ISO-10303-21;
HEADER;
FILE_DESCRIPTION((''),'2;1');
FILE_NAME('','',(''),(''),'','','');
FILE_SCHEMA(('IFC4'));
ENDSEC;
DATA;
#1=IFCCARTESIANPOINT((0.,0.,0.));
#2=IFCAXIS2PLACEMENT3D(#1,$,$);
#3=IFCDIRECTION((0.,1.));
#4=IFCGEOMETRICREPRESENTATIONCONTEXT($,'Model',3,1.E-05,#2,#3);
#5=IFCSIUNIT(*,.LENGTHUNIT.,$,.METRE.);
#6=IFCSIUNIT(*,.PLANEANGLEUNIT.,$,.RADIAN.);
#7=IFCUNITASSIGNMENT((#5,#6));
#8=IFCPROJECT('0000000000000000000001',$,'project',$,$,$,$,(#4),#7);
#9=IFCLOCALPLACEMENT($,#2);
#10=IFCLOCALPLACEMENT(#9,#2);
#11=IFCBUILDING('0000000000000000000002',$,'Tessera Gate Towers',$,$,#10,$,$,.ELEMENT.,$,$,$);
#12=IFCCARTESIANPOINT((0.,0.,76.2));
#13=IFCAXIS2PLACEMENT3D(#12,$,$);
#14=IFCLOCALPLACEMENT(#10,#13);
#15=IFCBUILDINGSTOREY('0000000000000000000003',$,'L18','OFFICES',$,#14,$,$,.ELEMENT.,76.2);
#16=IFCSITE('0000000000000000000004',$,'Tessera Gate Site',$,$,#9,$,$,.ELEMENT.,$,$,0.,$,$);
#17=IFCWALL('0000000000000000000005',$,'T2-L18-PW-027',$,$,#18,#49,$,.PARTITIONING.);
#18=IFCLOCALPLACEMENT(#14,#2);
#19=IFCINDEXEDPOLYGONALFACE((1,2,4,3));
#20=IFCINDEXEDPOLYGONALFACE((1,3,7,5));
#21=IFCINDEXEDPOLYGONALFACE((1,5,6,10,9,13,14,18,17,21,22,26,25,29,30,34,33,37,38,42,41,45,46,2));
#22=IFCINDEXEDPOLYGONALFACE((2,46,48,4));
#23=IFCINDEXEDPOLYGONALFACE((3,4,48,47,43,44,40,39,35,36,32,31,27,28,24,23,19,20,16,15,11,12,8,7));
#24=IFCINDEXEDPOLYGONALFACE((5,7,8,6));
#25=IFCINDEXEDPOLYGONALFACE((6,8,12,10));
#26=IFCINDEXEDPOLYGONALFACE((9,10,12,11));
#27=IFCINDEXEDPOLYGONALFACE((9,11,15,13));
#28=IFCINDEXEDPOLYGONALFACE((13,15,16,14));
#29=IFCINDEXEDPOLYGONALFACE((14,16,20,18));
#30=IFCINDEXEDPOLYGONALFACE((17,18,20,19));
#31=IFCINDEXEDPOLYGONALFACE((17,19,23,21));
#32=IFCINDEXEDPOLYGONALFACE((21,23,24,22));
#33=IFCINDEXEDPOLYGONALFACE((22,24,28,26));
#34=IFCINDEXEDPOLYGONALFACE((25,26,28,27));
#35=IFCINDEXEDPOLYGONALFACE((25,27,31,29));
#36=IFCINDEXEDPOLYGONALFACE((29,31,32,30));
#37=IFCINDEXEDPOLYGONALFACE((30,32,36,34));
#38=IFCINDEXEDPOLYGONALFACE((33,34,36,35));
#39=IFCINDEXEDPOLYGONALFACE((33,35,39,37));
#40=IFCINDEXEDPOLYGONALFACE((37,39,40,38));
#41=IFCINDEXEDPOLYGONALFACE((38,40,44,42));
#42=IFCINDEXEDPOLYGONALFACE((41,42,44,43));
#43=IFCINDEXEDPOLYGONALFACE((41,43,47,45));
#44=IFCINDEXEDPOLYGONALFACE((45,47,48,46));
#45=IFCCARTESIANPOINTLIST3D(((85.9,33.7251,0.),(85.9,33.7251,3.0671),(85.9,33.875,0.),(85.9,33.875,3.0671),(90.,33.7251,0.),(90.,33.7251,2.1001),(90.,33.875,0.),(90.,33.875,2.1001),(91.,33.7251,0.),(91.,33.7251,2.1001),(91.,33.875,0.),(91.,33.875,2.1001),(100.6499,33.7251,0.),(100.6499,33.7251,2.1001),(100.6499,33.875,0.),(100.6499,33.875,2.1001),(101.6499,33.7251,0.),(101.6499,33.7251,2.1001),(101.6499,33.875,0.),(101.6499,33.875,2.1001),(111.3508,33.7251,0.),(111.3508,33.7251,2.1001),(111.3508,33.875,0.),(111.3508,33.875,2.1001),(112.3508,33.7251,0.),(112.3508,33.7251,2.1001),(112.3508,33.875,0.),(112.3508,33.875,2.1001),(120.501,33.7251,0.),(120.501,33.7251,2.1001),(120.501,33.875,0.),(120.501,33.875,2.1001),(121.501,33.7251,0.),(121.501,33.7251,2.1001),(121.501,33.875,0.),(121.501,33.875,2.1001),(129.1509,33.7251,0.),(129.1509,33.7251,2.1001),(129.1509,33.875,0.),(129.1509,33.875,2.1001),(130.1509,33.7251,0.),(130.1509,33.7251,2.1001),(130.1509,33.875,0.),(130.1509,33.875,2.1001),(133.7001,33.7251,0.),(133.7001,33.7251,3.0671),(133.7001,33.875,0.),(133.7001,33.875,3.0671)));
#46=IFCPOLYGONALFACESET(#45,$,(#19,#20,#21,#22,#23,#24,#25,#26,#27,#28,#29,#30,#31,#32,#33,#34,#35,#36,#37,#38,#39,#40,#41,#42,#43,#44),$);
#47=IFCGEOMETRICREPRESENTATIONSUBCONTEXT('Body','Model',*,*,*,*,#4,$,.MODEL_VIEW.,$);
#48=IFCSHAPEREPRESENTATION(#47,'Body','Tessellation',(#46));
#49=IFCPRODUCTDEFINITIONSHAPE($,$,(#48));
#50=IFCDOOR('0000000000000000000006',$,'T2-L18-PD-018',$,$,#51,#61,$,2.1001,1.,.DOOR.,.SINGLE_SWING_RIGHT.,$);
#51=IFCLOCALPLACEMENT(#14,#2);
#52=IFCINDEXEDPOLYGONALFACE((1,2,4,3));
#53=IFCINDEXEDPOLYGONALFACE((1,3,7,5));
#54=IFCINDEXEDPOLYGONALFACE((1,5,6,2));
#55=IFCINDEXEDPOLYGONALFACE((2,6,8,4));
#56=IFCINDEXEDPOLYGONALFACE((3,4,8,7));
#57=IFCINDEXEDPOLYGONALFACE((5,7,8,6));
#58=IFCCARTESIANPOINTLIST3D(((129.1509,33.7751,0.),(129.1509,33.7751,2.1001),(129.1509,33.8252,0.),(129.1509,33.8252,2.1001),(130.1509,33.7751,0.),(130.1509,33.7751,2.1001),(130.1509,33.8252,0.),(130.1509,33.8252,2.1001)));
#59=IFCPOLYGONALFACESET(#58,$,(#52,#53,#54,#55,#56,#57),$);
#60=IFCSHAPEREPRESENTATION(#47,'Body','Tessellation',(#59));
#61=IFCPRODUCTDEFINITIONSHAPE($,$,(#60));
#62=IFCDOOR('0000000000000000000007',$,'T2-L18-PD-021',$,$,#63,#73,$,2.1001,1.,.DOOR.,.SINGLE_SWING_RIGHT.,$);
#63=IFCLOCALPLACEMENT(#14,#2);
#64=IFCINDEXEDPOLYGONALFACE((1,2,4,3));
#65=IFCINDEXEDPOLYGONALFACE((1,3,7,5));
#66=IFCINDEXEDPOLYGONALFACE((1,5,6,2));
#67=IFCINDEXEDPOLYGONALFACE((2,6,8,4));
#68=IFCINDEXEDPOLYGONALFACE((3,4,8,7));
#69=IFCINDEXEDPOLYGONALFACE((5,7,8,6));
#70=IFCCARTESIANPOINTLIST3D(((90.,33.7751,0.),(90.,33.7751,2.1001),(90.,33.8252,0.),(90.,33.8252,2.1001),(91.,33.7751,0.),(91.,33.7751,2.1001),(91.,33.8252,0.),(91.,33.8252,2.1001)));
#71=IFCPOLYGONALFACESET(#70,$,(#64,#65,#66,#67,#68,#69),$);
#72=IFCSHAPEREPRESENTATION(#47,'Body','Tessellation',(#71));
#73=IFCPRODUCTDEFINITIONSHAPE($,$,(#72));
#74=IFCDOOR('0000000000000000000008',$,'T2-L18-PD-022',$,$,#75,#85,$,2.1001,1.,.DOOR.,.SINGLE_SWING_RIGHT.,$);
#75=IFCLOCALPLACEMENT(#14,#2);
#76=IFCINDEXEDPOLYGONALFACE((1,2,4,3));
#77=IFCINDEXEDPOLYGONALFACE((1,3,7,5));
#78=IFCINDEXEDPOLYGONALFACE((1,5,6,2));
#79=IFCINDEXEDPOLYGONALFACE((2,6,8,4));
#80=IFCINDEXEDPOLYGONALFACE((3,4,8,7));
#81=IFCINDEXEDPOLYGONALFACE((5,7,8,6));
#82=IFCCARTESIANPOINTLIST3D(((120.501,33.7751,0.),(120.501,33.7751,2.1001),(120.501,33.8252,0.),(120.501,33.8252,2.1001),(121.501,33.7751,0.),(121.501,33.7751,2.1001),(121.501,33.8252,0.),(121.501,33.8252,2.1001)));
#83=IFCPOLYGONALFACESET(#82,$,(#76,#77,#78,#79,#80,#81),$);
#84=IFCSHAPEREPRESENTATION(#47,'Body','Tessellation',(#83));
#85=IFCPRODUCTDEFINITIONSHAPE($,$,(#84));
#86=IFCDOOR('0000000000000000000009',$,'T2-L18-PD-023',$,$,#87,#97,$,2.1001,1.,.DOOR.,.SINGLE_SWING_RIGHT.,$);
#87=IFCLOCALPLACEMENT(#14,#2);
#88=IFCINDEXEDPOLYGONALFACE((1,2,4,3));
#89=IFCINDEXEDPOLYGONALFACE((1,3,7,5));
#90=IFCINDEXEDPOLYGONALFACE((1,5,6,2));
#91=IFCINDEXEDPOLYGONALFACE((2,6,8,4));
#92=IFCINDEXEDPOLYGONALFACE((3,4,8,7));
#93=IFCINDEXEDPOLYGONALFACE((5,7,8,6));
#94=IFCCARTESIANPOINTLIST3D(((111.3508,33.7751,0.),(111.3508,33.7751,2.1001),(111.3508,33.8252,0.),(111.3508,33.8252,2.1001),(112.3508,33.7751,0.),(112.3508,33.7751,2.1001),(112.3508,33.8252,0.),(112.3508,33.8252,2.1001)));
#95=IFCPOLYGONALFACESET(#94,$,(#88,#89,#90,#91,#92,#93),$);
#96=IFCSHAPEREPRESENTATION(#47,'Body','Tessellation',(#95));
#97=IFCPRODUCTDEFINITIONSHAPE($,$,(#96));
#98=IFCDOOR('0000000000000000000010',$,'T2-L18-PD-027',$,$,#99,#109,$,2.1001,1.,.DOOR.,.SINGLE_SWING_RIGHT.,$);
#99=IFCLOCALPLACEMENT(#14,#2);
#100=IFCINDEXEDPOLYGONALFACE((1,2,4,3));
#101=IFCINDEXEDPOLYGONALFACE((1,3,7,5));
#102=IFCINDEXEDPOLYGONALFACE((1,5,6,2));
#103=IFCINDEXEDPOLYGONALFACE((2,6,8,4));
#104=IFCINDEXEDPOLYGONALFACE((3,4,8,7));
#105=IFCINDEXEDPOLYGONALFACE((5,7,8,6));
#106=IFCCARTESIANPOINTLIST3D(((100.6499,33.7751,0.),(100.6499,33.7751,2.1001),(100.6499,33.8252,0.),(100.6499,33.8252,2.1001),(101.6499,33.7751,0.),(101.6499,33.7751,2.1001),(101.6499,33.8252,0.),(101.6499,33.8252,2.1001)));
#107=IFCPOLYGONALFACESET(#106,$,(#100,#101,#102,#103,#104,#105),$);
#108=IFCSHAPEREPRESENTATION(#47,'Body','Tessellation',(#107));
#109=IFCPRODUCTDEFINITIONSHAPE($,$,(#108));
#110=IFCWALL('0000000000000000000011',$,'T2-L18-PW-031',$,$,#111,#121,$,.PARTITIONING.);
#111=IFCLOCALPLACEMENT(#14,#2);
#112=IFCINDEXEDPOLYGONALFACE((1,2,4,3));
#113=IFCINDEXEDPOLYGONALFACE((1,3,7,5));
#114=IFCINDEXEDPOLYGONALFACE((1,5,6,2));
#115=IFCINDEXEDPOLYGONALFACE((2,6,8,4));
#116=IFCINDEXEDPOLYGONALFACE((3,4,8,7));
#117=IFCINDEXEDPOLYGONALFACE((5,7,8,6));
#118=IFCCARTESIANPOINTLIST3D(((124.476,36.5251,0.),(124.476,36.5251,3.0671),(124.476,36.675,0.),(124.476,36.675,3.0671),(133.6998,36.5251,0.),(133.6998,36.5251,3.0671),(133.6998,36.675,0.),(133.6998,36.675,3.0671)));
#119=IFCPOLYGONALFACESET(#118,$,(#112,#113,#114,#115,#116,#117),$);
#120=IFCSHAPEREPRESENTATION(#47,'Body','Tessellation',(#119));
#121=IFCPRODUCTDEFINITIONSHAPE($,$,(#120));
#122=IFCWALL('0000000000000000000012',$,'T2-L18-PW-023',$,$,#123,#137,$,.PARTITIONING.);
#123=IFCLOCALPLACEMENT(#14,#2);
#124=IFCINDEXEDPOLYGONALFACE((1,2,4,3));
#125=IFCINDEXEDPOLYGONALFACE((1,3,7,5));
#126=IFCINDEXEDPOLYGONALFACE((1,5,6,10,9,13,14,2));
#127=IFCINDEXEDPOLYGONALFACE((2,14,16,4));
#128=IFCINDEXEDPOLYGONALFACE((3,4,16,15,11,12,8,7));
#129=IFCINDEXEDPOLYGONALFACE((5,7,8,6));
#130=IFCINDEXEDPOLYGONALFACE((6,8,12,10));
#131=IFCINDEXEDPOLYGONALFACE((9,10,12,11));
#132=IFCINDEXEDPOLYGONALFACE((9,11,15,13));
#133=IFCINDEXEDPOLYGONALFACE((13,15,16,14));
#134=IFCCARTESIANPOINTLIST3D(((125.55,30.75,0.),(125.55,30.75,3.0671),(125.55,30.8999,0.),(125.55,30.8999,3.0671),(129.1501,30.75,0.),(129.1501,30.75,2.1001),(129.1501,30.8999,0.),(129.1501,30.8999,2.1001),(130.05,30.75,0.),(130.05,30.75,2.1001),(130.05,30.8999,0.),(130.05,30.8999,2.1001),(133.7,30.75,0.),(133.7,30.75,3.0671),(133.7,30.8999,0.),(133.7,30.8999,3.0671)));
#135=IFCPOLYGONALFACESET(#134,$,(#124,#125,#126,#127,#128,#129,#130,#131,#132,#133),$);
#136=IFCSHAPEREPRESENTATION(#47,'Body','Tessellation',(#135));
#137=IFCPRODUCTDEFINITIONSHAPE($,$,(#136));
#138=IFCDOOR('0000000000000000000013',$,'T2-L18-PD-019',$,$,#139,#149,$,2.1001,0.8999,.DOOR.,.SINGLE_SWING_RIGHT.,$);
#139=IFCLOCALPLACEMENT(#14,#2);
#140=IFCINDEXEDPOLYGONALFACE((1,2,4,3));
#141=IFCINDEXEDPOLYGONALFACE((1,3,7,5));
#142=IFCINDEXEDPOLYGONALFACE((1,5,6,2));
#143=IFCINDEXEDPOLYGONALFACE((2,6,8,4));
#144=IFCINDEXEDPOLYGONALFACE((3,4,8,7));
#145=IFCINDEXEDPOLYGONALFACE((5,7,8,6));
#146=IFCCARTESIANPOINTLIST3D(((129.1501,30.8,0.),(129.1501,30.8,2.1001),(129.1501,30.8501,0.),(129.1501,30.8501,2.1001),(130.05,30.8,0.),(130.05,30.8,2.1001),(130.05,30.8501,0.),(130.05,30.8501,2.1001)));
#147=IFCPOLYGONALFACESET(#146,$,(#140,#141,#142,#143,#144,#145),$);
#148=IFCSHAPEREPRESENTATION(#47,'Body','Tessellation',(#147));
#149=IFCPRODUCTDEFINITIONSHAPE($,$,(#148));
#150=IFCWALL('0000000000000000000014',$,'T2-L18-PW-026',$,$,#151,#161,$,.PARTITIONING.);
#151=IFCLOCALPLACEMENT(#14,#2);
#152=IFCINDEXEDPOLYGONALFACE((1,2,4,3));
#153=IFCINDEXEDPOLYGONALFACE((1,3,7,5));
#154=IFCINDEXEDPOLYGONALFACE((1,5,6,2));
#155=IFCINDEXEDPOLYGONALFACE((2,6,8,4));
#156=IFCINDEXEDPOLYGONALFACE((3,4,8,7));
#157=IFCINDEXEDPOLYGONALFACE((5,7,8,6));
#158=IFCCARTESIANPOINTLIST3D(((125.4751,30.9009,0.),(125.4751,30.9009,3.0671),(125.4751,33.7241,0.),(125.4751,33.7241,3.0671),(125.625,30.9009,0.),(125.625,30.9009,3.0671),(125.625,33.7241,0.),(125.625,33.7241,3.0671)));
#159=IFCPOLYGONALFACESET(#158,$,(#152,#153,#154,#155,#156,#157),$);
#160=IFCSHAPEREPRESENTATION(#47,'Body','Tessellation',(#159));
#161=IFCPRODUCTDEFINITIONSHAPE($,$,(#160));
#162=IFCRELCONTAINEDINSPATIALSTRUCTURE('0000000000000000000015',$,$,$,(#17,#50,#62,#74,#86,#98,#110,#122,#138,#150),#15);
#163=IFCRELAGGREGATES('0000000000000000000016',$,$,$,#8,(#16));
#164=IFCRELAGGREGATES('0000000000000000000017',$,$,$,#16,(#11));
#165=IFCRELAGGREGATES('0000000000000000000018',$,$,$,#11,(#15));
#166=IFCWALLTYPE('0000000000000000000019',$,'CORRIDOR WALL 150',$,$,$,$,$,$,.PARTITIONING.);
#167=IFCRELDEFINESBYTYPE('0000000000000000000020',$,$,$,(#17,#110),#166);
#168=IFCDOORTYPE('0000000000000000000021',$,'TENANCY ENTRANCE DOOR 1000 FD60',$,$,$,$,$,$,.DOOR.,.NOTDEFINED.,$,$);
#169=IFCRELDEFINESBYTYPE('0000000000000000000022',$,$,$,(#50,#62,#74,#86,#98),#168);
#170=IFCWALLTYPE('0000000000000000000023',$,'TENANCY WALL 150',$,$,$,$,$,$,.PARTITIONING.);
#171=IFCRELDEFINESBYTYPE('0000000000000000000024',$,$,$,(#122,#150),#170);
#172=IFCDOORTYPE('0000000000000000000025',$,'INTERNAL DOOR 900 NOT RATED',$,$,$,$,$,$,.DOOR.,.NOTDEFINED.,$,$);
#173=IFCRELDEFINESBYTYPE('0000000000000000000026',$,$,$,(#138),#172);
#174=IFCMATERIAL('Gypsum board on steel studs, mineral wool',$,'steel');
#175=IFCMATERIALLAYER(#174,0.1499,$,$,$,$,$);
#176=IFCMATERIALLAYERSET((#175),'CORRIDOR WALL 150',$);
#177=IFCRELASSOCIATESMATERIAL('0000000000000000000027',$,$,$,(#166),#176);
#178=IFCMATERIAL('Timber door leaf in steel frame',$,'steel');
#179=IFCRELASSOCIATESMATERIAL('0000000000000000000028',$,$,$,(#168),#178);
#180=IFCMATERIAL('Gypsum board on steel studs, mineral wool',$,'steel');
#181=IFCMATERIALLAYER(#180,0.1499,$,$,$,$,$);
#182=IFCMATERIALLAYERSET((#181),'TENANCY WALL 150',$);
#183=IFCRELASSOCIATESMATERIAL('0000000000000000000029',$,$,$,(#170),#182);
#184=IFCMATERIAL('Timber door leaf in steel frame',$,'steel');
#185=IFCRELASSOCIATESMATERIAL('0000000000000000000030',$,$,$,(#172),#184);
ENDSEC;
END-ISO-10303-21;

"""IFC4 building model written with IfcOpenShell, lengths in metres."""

from ifc_helpers import new_model, si_unit, direction, frame, frame_2d, origin, place, context, subcontext, project, spatial, rectangle, extrude, source, transform, mapped, material, layer, layer_set, type_object, element, fill, save


model = new_model("IFC4")

# Units and contexts
model_context = context("Model", 3, precision=1e-05, world=origin(), true_north=direction((0.0, 1.0)))
body_context = subcontext(model_context, "Body", "Model", "MODEL_VIEW")
ifc_project = project(units=[si_unit("LENGTHUNIT", "METRE"), si_unit("PLANEANGLEUNIT", "RADIAN")], contexts=[model_context])

# Site, building, storey
site_placement = place(None, origin())
site = spatial("IfcSite", under=ifc_project, at=site_placement, Name="Tessera Gate Site", CompositionType="ELEMENT", RefElevation=0.0)
building_placement = place(site_placement, origin())
building = spatial("IfcBuilding", under=site, at=building_placement, Name="Tessera Gate Towers", CompositionType="ELEMENT")
storey_placement = place(building_placement, frame((0.0, 0.0, 76.2)))
storey = spatial("IfcBuildingStorey", under=building, at=storey_placement, Name="L18", Description="OFFICES", CompositionType="ELEMENT", Elevation=76.2)

# Wall, openings, doors
ifc_material_1 = material(Name="Gypsum board on steel studs, mineral wool", Category="steel")
ifc_layer_1 = layer(ifc_material_1, 0.1499)
ifc_layer_set_1 = layer_set([ifc_layer_1], Name="CORRIDOR WALL 150")
wall_type_1 = type_object("IfcWallType", Name="CORRIDOR WALL 150", PredefinedType="PARTITIONING", material=ifc_layer_set_1)
wall_1_placement = place(storey_placement, frame((133.7, 33.8, 0.0), z_axis=(0.0, 0.0, 1.0), x_axis=(-1.0, 0.0, 0.0)))
wall_1 = element("IfcWall", 1, at=wall_1_placement, inside=storey, type_object=wall_type_1, Name="T2-L18-PW-027", PredefinedType="PARTITIONING", context=body_context, shape_type="SweptSolid", body=[
    extrude(rectangle(XDim=47.8, YDim=0.1499, at=frame_2d((23.8999, 0.0))), origin(), (0.0, 0.0, 1.0), 3.0671),
])
shared_shape_1 = source(origin(), body_context, "Body", "SweptSolid", [
    extrude(rectangle(XDim=1.0, YDim=2.1001, at=frame_2d((0.5, 1.05))), frame((0.0, 0.085, 0.0), z_axis=(0.0, -1.0, 0.0), x_axis=(1.0, 0.0, 0.0)), (0.0, 0.0, 1.0), 0.1699),
])
opening_1_placement = place(wall_1_placement, frame((3.5491, 0.0, 0.0)))
opening_1 = element("IfcOpeningElement", 2, at=opening_1_placement, cuts=wall_1, PredefinedType="OPENING", context=body_context, shape_type="MappedRepresentation", body=[
    mapped(shared_shape_1, transform((0.0, 0.0, 0.0), scale=1.0)),
])
opening_2_placement = place(wall_1_placement, frame((42.7, 0.0, 0.0)))
opening_2 = element("IfcOpeningElement", 3, at=opening_2_placement, cuts=wall_1, PredefinedType="OPENING", context=body_context, shape_type="MappedRepresentation", body=[
    mapped(shared_shape_1, transform((0.0, 0.0, 0.0), scale=1.0)),
])
opening_3_placement = place(wall_1_placement, frame((12.199, 0.0, 0.0)))
opening_3 = element("IfcOpeningElement", 4, at=opening_3_placement, cuts=wall_1, PredefinedType="OPENING", context=body_context, shape_type="MappedRepresentation", body=[
    mapped(shared_shape_1, transform((0.0, 0.0, 0.0), scale=1.0)),
])
opening_4_placement = place(wall_1_placement, frame((21.3491, 0.0, 0.0)))
opening_4 = element("IfcOpeningElement", 5, at=opening_4_placement, cuts=wall_1, PredefinedType="OPENING", context=body_context, shape_type="MappedRepresentation", body=[
    mapped(shared_shape_1, transform((0.0, 0.0, 0.0), scale=1.0)),
])
opening_5_placement = place(wall_1_placement, frame((32.05, 0.0, 0.0)))
opening_5 = element("IfcOpeningElement", 6, at=opening_5_placement, cuts=wall_1, PredefinedType="OPENING", context=body_context, shape_type="MappedRepresentation", body=[
    mapped(shared_shape_1, transform((0.0, 0.0, 0.0), scale=1.0)),
])
ifc_material_2 = material(Name="Timber door leaf in steel frame", Category="steel")
door_type_1 = type_object("IfcDoorType", Name="TENANCY ENTRANCE DOOR 1000 FD60", OperationType="NOTDEFINED", PredefinedType="DOOR", material=ifc_material_2)
shared_shape_2 = source(origin(), body_context, "Body", "SweptSolid", [
    extrude(rectangle(XDim=1.0, YDim=2.1001, at=frame_2d((0.5, 1.05))), frame((0.0, 0.0249, 0.0), z_axis=(0.0, -1.0, 0.0), x_axis=(1.0, 0.0, 0.0)), (0.0, 0.0, 1.0), 0.05),
])
door_1_placement = place(opening_1_placement, origin())
door_1 = element("IfcDoor", 7, at=door_1_placement, inside=storey, type_object=door_type_1, Name="T2-L18-PD-018", OperationType="SINGLE_SWING_RIGHT", OverallHeight=2.1001, OverallWidth=1.0, PredefinedType="DOOR", context=body_context, shape_type="MappedRepresentation", body=[
    mapped(shared_shape_2, transform((0.0, 0.0, 0.0), scale=1.0)),
])
fill(opening_1, door_1)
door_2_placement = place(opening_2_placement, origin())
door_2 = element("IfcDoor", 8, at=door_2_placement, inside=storey, type_object=door_type_1, Name="T2-L18-PD-021", OperationType="SINGLE_SWING_RIGHT", OverallHeight=2.1001, OverallWidth=1.0, PredefinedType="DOOR", context=body_context, shape_type="MappedRepresentation", body=[
    mapped(shared_shape_2, transform((0.0, 0.0, 0.0), scale=1.0)),
])
fill(opening_2, door_2)
door_3_placement = place(opening_3_placement, origin())
door_3 = element("IfcDoor", 9, at=door_3_placement, inside=storey, type_object=door_type_1, Name="T2-L18-PD-022", OperationType="SINGLE_SWING_RIGHT", OverallHeight=2.1001, OverallWidth=1.0, PredefinedType="DOOR", context=body_context, shape_type="MappedRepresentation", body=[
    mapped(shared_shape_2, transform((0.0, 0.0, 0.0), scale=1.0)),
])
fill(opening_3, door_3)
door_4_placement = place(opening_4_placement, origin())
door_4 = element("IfcDoor", 10, at=door_4_placement, inside=storey, type_object=door_type_1, Name="T2-L18-PD-023", OperationType="SINGLE_SWING_RIGHT", OverallHeight=2.1001, OverallWidth=1.0, PredefinedType="DOOR", context=body_context, shape_type="MappedRepresentation", body=[
    mapped(shared_shape_2, transform((0.0, 0.0, 0.0), scale=1.0)),
])
fill(opening_4, door_4)
door_5_placement = place(opening_5_placement, origin())
door_5 = element("IfcDoor", 11, at=door_5_placement, inside=storey, type_object=door_type_1, Name="T2-L18-PD-027", OperationType="SINGLE_SWING_RIGHT", OverallHeight=2.1001, OverallWidth=1.0, PredefinedType="DOOR", context=body_context, shape_type="MappedRepresentation", body=[
    mapped(shared_shape_2, transform((0.0, 0.0, 0.0), scale=1.0)),
])
fill(opening_5, door_5)

# Wall
wall_2_placement = place(storey_placement, frame((124.4761, 36.6001, 0.0), z_axis=(0.0, 0.0, 1.0), x_axis=(1.0, 0.0, 0.0)))
element("IfcWall", 12, at=wall_2_placement, inside=storey, type_object=wall_type_1, Name="T2-L18-PW-031", PredefinedType="PARTITIONING", context=body_context, shape_type="SweptSolid", body=[
    extrude(rectangle(XDim=9.2239, YDim=0.1499, at=frame_2d((4.6118, 0.0))), origin(), (0.0, 0.0, 1.0), 3.0671),
])

# Wall, opening, door
ifc_material_3 = material(Name="Gypsum board on steel studs, mineral wool", Category="steel")
ifc_layer_2 = layer(ifc_material_3, 0.1499)
ifc_layer_set_2 = layer_set([ifc_layer_2], Name="TENANCY WALL 150")
wall_type_2 = type_object("IfcWallType", Name="TENANCY WALL 150", PredefinedType="PARTITIONING", material=ifc_layer_set_2)
wall_3_placement = place(storey_placement, frame((133.7, 30.825, 0.0), z_axis=(0.0, 0.0, 1.0), x_axis=(-1.0, 0.0, 0.0)))
wall_3 = element("IfcWall", 13, at=wall_3_placement, inside=storey, type_object=wall_type_2, Name="T2-L18-PW-023", PredefinedType="PARTITIONING", context=body_context, shape_type="SweptSolid", body=[
    extrude(rectangle(XDim=8.1499, YDim=0.1499, at=frame_2d((4.075, 0.0))), origin(), (0.0, 0.0, 1.0), 3.0671),
])
shared_shape_3 = source(origin(), body_context, "Body", "SweptSolid", [
    extrude(rectangle(XDim=0.8999, YDim=2.1001, at=frame_2d((0.45, 1.05))), frame((0.0, 0.085, 0.0), z_axis=(0.0, -1.0, 0.0), x_axis=(1.0, 0.0, 0.0)), (0.0, 0.0, 1.0), 0.1699),
])
opening_6_placement = place(wall_3_placement, frame((3.6499, 0.0, 0.0)))
opening_6 = element("IfcOpeningElement", 14, at=opening_6_placement, cuts=wall_3, PredefinedType="OPENING", context=body_context, shape_type="MappedRepresentation", body=[
    mapped(shared_shape_3, transform((0.0, 0.0, 0.0), scale=1.0)),
])
ifc_material_4 = material(Name="Timber door leaf in steel frame", Category="steel")
door_type_2 = type_object("IfcDoorType", Name="INTERNAL DOOR 900 NOT RATED", OperationType="NOTDEFINED", PredefinedType="DOOR", material=ifc_material_4)
shared_shape_4 = source(origin(), body_context, "Body", "SweptSolid", [
    extrude(rectangle(XDim=0.8999, YDim=2.1001, at=frame_2d((0.45, 1.05))), frame((0.0, 0.0249, 0.0), z_axis=(0.0, -1.0, 0.0), x_axis=(1.0, 0.0, 0.0)), (0.0, 0.0, 1.0), 0.05),
])
door_6_placement = place(opening_6_placement, origin())
door_6 = element("IfcDoor", 15, at=door_6_placement, inside=storey, type_object=door_type_2, Name="T2-L18-PD-019", OperationType="SINGLE_SWING_RIGHT", OverallHeight=2.1001, OverallWidth=0.8999, PredefinedType="DOOR", context=body_context, shape_type="MappedRepresentation", body=[
    mapped(shared_shape_4, transform((0.0, 0.0, 0.0), scale=1.0)),
])
fill(opening_6, door_6)

# Wall
wall_4_placement = place(storey_placement, frame((125.55, 30.9009, 0.0), z_axis=(0.0, 0.0, 1.0), x_axis=(0.0, 1.0, 0.0)))
element("IfcWall", 16, at=wall_4_placement, inside=storey, type_object=wall_type_2, Name="T2-L18-PW-026", PredefinedType="PARTITIONING", context=body_context, shape_type="SweptSolid", body=[
    extrude(rectangle(XDim=2.8232, YDim=0.1499, at=frame_2d((1.4116, 0.0))), origin(), (0.0, 0.0, 1.0), 3.0671),
])

save(model, "model.ifc")
